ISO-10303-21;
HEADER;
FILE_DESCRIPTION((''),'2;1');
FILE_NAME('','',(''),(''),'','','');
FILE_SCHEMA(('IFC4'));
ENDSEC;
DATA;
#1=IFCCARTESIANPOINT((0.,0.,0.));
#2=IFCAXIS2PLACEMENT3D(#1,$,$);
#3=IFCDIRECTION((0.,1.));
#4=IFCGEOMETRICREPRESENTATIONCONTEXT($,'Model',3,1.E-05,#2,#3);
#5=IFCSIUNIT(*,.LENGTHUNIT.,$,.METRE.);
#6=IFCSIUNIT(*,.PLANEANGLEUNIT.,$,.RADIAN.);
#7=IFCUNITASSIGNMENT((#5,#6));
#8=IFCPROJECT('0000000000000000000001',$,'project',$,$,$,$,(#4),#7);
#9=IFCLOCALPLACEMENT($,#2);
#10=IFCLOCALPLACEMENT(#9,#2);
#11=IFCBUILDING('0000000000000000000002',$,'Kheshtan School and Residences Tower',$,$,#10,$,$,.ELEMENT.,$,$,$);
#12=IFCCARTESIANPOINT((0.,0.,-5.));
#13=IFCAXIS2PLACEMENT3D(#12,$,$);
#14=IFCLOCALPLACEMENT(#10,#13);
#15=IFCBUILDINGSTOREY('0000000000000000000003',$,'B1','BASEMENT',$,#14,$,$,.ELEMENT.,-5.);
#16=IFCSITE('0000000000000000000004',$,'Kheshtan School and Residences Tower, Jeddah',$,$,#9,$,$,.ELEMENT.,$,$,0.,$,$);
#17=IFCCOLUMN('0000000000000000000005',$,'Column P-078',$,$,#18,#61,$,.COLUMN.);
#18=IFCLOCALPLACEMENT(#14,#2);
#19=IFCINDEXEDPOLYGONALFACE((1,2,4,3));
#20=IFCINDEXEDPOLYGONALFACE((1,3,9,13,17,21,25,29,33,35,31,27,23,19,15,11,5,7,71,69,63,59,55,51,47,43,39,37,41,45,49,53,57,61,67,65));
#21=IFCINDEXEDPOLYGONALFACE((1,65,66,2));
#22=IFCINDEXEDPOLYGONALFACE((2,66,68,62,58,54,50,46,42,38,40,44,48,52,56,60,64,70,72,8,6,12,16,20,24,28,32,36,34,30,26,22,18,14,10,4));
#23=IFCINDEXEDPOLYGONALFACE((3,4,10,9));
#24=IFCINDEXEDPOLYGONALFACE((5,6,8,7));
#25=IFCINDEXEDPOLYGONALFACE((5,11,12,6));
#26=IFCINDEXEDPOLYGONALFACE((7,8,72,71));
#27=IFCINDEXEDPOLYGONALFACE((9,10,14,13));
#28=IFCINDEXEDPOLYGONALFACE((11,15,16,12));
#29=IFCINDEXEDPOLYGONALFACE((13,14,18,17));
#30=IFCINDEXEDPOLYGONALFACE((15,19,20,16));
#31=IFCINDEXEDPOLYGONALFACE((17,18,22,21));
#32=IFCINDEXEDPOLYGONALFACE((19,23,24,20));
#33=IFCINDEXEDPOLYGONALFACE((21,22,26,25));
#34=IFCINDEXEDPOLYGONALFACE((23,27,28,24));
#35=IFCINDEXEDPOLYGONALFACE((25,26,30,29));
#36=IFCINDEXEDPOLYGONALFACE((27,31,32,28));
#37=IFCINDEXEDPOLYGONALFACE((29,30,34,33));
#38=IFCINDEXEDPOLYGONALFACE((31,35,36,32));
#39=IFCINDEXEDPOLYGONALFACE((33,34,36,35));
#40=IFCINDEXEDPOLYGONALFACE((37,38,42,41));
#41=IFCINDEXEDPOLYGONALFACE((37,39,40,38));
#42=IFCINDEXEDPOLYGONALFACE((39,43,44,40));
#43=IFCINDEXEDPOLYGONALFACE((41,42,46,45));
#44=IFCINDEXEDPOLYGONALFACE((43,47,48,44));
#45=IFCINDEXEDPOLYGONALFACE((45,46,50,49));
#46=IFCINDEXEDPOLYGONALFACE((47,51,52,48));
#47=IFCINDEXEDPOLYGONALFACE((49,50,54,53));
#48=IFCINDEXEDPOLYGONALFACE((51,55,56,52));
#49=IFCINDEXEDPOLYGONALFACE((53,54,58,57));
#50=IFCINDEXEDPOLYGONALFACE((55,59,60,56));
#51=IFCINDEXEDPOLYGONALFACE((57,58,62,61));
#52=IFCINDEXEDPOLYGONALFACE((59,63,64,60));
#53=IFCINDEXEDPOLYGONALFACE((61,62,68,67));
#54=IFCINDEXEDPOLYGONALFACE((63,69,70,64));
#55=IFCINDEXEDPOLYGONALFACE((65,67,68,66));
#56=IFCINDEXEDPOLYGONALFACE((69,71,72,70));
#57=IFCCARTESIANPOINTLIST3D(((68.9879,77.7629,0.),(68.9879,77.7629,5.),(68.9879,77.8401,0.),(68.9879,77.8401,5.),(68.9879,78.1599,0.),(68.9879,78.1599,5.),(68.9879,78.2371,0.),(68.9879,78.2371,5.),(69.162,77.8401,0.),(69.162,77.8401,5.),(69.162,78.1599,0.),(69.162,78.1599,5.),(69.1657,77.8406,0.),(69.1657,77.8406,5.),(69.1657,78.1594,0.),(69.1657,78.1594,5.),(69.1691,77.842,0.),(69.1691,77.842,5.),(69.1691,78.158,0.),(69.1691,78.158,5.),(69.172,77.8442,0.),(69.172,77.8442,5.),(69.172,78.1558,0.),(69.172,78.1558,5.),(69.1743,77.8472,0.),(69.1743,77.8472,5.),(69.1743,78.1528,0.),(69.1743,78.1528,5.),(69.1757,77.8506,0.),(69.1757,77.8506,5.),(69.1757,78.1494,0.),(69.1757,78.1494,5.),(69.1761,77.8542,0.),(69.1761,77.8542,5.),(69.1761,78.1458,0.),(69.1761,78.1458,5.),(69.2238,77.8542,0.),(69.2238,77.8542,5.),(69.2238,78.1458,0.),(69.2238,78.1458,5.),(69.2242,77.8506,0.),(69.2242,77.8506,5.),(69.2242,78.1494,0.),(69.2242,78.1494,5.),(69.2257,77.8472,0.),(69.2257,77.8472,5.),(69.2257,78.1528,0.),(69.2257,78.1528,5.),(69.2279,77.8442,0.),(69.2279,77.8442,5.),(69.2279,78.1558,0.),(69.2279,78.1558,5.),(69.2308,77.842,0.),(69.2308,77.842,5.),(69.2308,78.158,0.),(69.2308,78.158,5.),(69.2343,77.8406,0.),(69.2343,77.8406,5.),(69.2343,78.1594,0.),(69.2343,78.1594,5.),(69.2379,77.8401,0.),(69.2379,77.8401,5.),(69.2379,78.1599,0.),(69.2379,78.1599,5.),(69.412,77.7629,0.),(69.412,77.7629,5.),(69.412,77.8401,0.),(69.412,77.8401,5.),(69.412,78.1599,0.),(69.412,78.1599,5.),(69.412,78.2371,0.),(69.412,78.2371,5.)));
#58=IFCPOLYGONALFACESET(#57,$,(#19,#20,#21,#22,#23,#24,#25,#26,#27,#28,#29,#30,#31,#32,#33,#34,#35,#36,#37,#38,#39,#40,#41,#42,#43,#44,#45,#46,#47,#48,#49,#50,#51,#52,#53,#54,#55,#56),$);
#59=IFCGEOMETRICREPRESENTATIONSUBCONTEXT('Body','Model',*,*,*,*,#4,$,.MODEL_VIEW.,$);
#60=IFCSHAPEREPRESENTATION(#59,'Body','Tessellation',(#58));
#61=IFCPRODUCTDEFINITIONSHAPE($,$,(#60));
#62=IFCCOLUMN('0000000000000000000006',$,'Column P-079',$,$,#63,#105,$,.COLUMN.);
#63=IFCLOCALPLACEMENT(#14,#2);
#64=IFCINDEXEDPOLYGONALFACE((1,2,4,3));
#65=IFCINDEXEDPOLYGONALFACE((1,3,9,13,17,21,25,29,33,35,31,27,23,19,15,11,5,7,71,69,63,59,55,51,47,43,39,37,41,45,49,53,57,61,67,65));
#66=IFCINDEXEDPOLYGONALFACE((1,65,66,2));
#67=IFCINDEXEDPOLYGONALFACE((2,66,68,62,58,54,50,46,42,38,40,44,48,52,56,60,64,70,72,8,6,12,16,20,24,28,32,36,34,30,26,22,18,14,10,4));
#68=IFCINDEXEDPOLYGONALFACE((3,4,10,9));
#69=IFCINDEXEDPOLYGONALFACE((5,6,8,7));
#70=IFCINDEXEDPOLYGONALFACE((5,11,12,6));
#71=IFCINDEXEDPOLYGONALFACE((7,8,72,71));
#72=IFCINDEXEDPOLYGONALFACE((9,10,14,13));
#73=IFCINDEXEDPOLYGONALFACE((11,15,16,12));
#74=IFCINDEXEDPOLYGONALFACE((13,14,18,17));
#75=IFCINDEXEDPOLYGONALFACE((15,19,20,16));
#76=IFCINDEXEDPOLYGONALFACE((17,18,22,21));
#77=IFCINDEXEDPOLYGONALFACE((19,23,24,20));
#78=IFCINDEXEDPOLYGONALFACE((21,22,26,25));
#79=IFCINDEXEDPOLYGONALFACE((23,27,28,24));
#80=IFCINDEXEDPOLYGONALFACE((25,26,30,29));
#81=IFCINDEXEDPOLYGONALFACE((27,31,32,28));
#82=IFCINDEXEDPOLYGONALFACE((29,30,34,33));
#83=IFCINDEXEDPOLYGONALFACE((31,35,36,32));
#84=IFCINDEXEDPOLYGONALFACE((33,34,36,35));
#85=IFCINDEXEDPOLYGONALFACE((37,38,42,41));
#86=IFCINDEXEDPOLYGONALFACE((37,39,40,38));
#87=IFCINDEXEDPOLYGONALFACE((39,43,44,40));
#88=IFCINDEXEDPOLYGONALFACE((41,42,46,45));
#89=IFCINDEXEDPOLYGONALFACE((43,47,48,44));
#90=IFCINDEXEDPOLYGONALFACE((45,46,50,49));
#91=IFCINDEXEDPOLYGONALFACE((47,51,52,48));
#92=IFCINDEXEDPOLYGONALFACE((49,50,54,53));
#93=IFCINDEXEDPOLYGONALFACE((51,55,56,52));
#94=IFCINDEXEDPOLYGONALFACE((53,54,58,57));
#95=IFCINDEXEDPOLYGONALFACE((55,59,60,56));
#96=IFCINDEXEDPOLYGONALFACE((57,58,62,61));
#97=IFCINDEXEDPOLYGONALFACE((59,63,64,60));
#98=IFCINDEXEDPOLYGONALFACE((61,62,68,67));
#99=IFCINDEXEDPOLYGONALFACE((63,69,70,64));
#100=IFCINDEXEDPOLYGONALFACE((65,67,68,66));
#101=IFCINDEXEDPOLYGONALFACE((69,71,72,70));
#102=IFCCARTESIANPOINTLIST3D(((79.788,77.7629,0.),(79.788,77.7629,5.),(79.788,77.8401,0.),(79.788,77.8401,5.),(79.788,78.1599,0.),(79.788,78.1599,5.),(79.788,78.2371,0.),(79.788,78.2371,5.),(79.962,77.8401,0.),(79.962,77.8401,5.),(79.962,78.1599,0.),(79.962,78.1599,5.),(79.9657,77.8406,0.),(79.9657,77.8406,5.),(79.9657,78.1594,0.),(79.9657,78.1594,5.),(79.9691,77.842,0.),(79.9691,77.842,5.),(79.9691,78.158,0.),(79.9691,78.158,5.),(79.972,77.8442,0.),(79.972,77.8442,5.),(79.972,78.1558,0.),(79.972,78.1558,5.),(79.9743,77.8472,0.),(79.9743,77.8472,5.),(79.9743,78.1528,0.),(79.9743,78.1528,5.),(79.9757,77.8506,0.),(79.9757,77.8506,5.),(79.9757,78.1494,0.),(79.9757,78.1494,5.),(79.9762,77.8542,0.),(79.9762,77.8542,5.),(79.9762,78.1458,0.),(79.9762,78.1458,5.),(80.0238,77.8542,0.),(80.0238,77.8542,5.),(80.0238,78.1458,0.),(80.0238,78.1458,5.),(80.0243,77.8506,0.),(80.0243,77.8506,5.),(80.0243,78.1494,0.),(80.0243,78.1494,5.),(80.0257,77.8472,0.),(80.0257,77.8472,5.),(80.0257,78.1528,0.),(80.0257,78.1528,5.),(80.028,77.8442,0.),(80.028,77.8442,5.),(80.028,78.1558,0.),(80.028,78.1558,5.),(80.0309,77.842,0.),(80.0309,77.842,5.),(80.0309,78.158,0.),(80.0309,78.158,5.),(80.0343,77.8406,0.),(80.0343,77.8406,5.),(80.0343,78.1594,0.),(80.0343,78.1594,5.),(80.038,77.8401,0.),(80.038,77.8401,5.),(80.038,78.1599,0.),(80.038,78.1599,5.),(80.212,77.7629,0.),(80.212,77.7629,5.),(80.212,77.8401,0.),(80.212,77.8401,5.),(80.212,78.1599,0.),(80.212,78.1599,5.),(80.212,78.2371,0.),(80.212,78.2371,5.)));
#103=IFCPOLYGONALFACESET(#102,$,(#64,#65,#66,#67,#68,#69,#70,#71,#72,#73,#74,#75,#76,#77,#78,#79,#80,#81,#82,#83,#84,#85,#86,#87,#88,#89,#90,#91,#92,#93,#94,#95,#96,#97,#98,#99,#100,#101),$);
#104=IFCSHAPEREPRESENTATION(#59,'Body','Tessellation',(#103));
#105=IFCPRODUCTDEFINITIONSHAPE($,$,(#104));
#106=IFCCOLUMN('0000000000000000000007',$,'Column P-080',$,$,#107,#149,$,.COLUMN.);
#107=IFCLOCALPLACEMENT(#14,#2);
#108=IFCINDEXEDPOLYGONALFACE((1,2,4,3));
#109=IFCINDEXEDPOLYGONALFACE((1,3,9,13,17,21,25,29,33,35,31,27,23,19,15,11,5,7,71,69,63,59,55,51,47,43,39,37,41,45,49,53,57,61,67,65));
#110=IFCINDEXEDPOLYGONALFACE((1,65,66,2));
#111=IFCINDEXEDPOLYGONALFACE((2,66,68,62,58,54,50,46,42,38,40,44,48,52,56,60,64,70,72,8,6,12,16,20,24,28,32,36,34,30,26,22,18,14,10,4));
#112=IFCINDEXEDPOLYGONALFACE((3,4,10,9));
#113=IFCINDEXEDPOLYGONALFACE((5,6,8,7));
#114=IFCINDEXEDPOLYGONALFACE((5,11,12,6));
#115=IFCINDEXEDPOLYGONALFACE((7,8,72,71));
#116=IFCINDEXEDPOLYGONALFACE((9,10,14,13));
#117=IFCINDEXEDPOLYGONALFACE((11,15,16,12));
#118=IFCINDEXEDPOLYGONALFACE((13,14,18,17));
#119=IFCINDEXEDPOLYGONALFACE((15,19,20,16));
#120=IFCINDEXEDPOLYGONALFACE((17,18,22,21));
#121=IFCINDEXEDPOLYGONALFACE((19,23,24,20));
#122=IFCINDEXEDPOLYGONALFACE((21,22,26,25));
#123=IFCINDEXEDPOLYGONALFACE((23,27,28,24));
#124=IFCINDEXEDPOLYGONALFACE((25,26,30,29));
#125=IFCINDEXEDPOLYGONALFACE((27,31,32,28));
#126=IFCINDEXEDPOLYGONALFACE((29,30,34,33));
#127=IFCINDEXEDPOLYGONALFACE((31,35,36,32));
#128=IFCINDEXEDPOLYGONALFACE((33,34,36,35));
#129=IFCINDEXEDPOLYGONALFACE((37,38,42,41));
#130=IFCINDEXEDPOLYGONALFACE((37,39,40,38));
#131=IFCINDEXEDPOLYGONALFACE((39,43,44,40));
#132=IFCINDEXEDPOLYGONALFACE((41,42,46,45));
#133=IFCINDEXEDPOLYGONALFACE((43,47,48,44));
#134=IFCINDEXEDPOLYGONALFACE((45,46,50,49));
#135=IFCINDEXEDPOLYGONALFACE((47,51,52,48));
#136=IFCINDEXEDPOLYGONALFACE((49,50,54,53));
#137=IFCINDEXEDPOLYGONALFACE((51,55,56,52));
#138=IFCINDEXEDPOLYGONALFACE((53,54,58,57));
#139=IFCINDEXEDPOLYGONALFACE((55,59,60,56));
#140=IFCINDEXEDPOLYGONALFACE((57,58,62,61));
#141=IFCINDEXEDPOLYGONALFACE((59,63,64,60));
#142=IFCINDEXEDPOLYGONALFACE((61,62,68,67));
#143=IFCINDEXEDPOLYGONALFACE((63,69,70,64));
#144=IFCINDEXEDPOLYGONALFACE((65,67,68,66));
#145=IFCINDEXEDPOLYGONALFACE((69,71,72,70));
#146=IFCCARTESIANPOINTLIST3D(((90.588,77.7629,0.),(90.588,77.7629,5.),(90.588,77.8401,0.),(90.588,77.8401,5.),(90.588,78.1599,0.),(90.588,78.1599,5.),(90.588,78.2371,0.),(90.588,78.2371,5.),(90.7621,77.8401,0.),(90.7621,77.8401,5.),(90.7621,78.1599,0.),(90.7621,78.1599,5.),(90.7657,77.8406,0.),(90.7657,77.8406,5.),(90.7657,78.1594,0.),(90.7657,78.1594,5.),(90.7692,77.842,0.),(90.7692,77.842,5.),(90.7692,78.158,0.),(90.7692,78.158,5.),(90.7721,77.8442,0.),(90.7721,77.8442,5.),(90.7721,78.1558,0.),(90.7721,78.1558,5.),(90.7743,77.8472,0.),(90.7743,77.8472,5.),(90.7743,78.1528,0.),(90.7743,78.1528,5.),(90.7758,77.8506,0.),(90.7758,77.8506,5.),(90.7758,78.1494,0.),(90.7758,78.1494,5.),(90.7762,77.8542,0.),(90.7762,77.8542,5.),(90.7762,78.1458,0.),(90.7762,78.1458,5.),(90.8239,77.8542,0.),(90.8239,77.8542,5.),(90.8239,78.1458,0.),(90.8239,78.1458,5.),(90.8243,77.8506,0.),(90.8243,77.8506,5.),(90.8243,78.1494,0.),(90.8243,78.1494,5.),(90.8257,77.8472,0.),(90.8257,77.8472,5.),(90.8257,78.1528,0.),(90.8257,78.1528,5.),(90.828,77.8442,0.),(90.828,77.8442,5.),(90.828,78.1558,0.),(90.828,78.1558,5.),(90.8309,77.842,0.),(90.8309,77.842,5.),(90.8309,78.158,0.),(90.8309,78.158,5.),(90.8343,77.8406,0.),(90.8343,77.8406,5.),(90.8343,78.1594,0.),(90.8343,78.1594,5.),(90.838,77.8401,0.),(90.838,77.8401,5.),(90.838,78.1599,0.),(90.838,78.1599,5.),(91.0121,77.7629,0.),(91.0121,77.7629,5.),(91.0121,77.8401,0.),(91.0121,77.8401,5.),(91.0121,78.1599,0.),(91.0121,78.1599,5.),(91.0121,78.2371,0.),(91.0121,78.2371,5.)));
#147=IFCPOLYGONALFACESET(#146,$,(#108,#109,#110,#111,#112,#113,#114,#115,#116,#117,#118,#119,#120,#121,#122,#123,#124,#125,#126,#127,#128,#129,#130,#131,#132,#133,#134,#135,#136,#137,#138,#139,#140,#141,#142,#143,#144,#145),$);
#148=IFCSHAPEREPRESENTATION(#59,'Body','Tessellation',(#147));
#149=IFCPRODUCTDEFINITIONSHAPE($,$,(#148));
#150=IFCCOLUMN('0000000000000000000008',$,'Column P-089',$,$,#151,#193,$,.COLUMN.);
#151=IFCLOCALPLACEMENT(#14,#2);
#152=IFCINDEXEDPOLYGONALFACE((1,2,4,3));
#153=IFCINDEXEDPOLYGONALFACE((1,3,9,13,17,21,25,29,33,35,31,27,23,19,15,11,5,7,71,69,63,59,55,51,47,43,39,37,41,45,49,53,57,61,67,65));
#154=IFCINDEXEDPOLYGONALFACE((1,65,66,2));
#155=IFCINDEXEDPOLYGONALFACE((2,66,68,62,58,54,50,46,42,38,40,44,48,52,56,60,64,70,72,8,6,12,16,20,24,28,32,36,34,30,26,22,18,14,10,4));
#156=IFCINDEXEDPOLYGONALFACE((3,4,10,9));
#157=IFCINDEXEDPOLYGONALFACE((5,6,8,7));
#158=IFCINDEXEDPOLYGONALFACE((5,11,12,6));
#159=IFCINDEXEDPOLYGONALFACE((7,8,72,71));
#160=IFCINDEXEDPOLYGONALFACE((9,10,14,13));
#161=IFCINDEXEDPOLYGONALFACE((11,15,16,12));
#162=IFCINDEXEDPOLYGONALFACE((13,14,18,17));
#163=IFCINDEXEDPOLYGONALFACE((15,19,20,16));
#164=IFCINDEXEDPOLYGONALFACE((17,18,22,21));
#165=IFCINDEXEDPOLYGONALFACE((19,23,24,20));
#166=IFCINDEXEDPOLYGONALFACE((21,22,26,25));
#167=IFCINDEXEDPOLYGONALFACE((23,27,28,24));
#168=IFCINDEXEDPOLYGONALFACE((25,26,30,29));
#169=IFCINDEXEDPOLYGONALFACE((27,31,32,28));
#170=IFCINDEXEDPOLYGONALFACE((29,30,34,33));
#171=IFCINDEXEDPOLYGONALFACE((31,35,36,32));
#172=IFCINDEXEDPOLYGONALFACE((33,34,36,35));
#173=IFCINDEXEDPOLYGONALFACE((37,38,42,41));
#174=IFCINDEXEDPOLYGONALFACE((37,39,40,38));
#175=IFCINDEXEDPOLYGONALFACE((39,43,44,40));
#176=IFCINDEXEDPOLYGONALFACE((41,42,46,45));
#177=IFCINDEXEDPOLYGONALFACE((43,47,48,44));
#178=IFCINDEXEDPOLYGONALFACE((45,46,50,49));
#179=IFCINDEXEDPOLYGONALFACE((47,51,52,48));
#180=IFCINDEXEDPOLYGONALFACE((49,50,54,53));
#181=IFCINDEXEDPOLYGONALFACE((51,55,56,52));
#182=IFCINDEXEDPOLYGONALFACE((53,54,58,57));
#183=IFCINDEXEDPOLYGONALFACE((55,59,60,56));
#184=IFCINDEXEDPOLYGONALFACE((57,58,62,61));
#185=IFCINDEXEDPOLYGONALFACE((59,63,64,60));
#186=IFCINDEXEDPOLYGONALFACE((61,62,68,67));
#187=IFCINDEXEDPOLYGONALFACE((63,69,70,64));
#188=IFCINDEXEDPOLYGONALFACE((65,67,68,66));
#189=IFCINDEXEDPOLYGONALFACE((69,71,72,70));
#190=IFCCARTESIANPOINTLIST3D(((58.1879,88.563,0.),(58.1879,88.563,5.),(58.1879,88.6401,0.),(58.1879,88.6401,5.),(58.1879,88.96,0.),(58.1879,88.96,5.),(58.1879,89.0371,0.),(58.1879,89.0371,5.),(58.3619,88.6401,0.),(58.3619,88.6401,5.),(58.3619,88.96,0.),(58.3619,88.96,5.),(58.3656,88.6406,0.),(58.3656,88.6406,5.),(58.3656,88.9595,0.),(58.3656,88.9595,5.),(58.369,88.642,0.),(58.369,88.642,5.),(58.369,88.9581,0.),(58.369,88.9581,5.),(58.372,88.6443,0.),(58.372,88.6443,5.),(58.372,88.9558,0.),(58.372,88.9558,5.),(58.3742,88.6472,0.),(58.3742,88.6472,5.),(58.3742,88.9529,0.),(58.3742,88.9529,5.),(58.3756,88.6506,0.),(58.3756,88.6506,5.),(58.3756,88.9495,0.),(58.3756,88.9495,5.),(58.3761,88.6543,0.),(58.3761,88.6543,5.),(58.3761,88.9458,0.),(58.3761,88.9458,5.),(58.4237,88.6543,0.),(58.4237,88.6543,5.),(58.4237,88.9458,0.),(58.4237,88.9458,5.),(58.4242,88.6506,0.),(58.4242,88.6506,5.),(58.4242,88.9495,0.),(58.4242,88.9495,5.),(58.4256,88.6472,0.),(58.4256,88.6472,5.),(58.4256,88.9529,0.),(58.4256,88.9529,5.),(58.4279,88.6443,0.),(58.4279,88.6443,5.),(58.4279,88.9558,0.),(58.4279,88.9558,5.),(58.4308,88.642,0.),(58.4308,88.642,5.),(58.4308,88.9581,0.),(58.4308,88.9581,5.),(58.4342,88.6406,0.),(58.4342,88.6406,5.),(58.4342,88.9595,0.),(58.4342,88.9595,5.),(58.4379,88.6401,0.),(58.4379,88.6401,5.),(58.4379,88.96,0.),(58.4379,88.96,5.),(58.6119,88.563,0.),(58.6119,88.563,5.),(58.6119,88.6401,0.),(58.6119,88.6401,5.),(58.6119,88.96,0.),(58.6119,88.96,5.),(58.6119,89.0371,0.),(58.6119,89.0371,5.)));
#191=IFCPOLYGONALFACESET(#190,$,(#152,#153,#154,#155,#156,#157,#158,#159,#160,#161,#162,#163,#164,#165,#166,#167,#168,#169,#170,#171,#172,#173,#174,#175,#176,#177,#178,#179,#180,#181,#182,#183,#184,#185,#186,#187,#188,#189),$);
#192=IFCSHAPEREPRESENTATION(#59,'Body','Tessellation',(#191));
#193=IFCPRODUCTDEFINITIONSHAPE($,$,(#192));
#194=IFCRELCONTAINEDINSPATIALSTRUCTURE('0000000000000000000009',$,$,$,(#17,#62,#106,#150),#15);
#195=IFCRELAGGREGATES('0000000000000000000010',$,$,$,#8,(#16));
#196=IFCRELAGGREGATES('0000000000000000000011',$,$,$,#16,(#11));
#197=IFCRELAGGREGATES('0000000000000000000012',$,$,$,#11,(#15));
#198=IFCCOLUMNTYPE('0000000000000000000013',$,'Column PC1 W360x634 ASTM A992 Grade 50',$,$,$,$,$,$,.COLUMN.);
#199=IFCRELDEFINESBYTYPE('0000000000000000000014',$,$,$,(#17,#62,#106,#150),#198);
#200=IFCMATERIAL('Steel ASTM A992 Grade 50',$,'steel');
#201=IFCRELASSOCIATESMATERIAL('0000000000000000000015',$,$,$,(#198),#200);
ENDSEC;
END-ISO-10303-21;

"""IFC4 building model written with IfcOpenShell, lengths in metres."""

from ifc_helpers import new_model, si_unit, direction, frame, origin, origin_2d, place, context, subcontext, project, spatial, i_section, extrude, material, material_profile, profile_set, type_object, element, save


model = new_model("IFC4")

# Units and contexts
model_context = context("Model", 3, precision=1e-05, world=origin(), true_north=direction((0.0, 1.0)))
body_context = subcontext(model_context, "Body", "Model", "MODEL_VIEW")
ifc_project = project(units=[si_unit("LENGTHUNIT", "METRE"), si_unit("PLANEANGLEUNIT", "RADIAN")], contexts=[model_context])

# Site, building, storey
site_placement = place(None, origin())
site = spatial("IfcSite", under=ifc_project, at=site_placement, Name="Kheshtan School and Residences Tower, Jeddah", CompositionType="ELEMENT", RefElevation=0.0)
building_placement = place(site_placement, origin())
building = spatial("IfcBuilding", under=site, at=building_placement, Name="Kheshtan School and Residences Tower", CompositionType="ELEMENT")
storey_placement = place(building_placement, frame((0.0, 0.0, -5.0)))
storey = spatial("IfcBuildingStorey", under=building, at=storey_placement, Name="B1", Description="BASEMENT", CompositionType="ELEMENT", Elevation=-5.0)

# Columns
ifc_material_1 = material(Name="Steel ASTM A992 Grade 50", Category="steel")
ifc_material_profile_1 = material_profile(ifc_material_1, i_section(OverallWidth=0.4241, OverallDepth=0.4741, WebThickness=0.0476, FlangeThickness=0.0771, FilletRadius=0.0142, at=origin_2d()), Name="W360x634")
ifc_profile_set_1 = profile_set([ifc_material_profile_1], Name="Steel ASTM A992 Grade 50")
column_type = type_object("IfcColumnType", Name="Column PC1 W360x634 ASTM A992 Grade 50", PredefinedType="COLUMN", material=ifc_profile_set_1)
for number, where, z_axis, x_axis, name in (
    (1, (69.2, 78.0, 0.0), (0.0, 0.0, 1.0), (1.0, 0.0, 0.0), "Column P-078"),
    (2, (80.0, 78.0, 0.0), (0.0, 0.0, 1.0), (1.0, 0.0, 0.0), "Column P-079"),
    (3, (90.8, 78.0, 0.0), (0.0, 0.0, 1.0), (1.0, 0.0, 0.0), "Column P-080"),
    (4, (58.3999, 88.8, 0.0), (0.0, 0.0, 1.0), (1.0, 0.0, 0.0), "Column P-089"),
):
    element("IfcColumn", number, at=place(storey_placement, frame(where, z_axis=z_axis, x_axis=x_axis)), inside=storey, type_object=column_type, Name=name, PredefinedType="COLUMN", context=body_context, shape_type="SweptSolid", body=[
        extrude(i_section(OverallWidth=0.4241, OverallDepth=0.4741, WebThickness=0.0476, FlangeThickness=0.0771, FilletRadius=0.0142, at=origin_2d()), origin(), (0.0, 0.0, 1.0), 5.0),
    ])

save(model, "model.ifc")
